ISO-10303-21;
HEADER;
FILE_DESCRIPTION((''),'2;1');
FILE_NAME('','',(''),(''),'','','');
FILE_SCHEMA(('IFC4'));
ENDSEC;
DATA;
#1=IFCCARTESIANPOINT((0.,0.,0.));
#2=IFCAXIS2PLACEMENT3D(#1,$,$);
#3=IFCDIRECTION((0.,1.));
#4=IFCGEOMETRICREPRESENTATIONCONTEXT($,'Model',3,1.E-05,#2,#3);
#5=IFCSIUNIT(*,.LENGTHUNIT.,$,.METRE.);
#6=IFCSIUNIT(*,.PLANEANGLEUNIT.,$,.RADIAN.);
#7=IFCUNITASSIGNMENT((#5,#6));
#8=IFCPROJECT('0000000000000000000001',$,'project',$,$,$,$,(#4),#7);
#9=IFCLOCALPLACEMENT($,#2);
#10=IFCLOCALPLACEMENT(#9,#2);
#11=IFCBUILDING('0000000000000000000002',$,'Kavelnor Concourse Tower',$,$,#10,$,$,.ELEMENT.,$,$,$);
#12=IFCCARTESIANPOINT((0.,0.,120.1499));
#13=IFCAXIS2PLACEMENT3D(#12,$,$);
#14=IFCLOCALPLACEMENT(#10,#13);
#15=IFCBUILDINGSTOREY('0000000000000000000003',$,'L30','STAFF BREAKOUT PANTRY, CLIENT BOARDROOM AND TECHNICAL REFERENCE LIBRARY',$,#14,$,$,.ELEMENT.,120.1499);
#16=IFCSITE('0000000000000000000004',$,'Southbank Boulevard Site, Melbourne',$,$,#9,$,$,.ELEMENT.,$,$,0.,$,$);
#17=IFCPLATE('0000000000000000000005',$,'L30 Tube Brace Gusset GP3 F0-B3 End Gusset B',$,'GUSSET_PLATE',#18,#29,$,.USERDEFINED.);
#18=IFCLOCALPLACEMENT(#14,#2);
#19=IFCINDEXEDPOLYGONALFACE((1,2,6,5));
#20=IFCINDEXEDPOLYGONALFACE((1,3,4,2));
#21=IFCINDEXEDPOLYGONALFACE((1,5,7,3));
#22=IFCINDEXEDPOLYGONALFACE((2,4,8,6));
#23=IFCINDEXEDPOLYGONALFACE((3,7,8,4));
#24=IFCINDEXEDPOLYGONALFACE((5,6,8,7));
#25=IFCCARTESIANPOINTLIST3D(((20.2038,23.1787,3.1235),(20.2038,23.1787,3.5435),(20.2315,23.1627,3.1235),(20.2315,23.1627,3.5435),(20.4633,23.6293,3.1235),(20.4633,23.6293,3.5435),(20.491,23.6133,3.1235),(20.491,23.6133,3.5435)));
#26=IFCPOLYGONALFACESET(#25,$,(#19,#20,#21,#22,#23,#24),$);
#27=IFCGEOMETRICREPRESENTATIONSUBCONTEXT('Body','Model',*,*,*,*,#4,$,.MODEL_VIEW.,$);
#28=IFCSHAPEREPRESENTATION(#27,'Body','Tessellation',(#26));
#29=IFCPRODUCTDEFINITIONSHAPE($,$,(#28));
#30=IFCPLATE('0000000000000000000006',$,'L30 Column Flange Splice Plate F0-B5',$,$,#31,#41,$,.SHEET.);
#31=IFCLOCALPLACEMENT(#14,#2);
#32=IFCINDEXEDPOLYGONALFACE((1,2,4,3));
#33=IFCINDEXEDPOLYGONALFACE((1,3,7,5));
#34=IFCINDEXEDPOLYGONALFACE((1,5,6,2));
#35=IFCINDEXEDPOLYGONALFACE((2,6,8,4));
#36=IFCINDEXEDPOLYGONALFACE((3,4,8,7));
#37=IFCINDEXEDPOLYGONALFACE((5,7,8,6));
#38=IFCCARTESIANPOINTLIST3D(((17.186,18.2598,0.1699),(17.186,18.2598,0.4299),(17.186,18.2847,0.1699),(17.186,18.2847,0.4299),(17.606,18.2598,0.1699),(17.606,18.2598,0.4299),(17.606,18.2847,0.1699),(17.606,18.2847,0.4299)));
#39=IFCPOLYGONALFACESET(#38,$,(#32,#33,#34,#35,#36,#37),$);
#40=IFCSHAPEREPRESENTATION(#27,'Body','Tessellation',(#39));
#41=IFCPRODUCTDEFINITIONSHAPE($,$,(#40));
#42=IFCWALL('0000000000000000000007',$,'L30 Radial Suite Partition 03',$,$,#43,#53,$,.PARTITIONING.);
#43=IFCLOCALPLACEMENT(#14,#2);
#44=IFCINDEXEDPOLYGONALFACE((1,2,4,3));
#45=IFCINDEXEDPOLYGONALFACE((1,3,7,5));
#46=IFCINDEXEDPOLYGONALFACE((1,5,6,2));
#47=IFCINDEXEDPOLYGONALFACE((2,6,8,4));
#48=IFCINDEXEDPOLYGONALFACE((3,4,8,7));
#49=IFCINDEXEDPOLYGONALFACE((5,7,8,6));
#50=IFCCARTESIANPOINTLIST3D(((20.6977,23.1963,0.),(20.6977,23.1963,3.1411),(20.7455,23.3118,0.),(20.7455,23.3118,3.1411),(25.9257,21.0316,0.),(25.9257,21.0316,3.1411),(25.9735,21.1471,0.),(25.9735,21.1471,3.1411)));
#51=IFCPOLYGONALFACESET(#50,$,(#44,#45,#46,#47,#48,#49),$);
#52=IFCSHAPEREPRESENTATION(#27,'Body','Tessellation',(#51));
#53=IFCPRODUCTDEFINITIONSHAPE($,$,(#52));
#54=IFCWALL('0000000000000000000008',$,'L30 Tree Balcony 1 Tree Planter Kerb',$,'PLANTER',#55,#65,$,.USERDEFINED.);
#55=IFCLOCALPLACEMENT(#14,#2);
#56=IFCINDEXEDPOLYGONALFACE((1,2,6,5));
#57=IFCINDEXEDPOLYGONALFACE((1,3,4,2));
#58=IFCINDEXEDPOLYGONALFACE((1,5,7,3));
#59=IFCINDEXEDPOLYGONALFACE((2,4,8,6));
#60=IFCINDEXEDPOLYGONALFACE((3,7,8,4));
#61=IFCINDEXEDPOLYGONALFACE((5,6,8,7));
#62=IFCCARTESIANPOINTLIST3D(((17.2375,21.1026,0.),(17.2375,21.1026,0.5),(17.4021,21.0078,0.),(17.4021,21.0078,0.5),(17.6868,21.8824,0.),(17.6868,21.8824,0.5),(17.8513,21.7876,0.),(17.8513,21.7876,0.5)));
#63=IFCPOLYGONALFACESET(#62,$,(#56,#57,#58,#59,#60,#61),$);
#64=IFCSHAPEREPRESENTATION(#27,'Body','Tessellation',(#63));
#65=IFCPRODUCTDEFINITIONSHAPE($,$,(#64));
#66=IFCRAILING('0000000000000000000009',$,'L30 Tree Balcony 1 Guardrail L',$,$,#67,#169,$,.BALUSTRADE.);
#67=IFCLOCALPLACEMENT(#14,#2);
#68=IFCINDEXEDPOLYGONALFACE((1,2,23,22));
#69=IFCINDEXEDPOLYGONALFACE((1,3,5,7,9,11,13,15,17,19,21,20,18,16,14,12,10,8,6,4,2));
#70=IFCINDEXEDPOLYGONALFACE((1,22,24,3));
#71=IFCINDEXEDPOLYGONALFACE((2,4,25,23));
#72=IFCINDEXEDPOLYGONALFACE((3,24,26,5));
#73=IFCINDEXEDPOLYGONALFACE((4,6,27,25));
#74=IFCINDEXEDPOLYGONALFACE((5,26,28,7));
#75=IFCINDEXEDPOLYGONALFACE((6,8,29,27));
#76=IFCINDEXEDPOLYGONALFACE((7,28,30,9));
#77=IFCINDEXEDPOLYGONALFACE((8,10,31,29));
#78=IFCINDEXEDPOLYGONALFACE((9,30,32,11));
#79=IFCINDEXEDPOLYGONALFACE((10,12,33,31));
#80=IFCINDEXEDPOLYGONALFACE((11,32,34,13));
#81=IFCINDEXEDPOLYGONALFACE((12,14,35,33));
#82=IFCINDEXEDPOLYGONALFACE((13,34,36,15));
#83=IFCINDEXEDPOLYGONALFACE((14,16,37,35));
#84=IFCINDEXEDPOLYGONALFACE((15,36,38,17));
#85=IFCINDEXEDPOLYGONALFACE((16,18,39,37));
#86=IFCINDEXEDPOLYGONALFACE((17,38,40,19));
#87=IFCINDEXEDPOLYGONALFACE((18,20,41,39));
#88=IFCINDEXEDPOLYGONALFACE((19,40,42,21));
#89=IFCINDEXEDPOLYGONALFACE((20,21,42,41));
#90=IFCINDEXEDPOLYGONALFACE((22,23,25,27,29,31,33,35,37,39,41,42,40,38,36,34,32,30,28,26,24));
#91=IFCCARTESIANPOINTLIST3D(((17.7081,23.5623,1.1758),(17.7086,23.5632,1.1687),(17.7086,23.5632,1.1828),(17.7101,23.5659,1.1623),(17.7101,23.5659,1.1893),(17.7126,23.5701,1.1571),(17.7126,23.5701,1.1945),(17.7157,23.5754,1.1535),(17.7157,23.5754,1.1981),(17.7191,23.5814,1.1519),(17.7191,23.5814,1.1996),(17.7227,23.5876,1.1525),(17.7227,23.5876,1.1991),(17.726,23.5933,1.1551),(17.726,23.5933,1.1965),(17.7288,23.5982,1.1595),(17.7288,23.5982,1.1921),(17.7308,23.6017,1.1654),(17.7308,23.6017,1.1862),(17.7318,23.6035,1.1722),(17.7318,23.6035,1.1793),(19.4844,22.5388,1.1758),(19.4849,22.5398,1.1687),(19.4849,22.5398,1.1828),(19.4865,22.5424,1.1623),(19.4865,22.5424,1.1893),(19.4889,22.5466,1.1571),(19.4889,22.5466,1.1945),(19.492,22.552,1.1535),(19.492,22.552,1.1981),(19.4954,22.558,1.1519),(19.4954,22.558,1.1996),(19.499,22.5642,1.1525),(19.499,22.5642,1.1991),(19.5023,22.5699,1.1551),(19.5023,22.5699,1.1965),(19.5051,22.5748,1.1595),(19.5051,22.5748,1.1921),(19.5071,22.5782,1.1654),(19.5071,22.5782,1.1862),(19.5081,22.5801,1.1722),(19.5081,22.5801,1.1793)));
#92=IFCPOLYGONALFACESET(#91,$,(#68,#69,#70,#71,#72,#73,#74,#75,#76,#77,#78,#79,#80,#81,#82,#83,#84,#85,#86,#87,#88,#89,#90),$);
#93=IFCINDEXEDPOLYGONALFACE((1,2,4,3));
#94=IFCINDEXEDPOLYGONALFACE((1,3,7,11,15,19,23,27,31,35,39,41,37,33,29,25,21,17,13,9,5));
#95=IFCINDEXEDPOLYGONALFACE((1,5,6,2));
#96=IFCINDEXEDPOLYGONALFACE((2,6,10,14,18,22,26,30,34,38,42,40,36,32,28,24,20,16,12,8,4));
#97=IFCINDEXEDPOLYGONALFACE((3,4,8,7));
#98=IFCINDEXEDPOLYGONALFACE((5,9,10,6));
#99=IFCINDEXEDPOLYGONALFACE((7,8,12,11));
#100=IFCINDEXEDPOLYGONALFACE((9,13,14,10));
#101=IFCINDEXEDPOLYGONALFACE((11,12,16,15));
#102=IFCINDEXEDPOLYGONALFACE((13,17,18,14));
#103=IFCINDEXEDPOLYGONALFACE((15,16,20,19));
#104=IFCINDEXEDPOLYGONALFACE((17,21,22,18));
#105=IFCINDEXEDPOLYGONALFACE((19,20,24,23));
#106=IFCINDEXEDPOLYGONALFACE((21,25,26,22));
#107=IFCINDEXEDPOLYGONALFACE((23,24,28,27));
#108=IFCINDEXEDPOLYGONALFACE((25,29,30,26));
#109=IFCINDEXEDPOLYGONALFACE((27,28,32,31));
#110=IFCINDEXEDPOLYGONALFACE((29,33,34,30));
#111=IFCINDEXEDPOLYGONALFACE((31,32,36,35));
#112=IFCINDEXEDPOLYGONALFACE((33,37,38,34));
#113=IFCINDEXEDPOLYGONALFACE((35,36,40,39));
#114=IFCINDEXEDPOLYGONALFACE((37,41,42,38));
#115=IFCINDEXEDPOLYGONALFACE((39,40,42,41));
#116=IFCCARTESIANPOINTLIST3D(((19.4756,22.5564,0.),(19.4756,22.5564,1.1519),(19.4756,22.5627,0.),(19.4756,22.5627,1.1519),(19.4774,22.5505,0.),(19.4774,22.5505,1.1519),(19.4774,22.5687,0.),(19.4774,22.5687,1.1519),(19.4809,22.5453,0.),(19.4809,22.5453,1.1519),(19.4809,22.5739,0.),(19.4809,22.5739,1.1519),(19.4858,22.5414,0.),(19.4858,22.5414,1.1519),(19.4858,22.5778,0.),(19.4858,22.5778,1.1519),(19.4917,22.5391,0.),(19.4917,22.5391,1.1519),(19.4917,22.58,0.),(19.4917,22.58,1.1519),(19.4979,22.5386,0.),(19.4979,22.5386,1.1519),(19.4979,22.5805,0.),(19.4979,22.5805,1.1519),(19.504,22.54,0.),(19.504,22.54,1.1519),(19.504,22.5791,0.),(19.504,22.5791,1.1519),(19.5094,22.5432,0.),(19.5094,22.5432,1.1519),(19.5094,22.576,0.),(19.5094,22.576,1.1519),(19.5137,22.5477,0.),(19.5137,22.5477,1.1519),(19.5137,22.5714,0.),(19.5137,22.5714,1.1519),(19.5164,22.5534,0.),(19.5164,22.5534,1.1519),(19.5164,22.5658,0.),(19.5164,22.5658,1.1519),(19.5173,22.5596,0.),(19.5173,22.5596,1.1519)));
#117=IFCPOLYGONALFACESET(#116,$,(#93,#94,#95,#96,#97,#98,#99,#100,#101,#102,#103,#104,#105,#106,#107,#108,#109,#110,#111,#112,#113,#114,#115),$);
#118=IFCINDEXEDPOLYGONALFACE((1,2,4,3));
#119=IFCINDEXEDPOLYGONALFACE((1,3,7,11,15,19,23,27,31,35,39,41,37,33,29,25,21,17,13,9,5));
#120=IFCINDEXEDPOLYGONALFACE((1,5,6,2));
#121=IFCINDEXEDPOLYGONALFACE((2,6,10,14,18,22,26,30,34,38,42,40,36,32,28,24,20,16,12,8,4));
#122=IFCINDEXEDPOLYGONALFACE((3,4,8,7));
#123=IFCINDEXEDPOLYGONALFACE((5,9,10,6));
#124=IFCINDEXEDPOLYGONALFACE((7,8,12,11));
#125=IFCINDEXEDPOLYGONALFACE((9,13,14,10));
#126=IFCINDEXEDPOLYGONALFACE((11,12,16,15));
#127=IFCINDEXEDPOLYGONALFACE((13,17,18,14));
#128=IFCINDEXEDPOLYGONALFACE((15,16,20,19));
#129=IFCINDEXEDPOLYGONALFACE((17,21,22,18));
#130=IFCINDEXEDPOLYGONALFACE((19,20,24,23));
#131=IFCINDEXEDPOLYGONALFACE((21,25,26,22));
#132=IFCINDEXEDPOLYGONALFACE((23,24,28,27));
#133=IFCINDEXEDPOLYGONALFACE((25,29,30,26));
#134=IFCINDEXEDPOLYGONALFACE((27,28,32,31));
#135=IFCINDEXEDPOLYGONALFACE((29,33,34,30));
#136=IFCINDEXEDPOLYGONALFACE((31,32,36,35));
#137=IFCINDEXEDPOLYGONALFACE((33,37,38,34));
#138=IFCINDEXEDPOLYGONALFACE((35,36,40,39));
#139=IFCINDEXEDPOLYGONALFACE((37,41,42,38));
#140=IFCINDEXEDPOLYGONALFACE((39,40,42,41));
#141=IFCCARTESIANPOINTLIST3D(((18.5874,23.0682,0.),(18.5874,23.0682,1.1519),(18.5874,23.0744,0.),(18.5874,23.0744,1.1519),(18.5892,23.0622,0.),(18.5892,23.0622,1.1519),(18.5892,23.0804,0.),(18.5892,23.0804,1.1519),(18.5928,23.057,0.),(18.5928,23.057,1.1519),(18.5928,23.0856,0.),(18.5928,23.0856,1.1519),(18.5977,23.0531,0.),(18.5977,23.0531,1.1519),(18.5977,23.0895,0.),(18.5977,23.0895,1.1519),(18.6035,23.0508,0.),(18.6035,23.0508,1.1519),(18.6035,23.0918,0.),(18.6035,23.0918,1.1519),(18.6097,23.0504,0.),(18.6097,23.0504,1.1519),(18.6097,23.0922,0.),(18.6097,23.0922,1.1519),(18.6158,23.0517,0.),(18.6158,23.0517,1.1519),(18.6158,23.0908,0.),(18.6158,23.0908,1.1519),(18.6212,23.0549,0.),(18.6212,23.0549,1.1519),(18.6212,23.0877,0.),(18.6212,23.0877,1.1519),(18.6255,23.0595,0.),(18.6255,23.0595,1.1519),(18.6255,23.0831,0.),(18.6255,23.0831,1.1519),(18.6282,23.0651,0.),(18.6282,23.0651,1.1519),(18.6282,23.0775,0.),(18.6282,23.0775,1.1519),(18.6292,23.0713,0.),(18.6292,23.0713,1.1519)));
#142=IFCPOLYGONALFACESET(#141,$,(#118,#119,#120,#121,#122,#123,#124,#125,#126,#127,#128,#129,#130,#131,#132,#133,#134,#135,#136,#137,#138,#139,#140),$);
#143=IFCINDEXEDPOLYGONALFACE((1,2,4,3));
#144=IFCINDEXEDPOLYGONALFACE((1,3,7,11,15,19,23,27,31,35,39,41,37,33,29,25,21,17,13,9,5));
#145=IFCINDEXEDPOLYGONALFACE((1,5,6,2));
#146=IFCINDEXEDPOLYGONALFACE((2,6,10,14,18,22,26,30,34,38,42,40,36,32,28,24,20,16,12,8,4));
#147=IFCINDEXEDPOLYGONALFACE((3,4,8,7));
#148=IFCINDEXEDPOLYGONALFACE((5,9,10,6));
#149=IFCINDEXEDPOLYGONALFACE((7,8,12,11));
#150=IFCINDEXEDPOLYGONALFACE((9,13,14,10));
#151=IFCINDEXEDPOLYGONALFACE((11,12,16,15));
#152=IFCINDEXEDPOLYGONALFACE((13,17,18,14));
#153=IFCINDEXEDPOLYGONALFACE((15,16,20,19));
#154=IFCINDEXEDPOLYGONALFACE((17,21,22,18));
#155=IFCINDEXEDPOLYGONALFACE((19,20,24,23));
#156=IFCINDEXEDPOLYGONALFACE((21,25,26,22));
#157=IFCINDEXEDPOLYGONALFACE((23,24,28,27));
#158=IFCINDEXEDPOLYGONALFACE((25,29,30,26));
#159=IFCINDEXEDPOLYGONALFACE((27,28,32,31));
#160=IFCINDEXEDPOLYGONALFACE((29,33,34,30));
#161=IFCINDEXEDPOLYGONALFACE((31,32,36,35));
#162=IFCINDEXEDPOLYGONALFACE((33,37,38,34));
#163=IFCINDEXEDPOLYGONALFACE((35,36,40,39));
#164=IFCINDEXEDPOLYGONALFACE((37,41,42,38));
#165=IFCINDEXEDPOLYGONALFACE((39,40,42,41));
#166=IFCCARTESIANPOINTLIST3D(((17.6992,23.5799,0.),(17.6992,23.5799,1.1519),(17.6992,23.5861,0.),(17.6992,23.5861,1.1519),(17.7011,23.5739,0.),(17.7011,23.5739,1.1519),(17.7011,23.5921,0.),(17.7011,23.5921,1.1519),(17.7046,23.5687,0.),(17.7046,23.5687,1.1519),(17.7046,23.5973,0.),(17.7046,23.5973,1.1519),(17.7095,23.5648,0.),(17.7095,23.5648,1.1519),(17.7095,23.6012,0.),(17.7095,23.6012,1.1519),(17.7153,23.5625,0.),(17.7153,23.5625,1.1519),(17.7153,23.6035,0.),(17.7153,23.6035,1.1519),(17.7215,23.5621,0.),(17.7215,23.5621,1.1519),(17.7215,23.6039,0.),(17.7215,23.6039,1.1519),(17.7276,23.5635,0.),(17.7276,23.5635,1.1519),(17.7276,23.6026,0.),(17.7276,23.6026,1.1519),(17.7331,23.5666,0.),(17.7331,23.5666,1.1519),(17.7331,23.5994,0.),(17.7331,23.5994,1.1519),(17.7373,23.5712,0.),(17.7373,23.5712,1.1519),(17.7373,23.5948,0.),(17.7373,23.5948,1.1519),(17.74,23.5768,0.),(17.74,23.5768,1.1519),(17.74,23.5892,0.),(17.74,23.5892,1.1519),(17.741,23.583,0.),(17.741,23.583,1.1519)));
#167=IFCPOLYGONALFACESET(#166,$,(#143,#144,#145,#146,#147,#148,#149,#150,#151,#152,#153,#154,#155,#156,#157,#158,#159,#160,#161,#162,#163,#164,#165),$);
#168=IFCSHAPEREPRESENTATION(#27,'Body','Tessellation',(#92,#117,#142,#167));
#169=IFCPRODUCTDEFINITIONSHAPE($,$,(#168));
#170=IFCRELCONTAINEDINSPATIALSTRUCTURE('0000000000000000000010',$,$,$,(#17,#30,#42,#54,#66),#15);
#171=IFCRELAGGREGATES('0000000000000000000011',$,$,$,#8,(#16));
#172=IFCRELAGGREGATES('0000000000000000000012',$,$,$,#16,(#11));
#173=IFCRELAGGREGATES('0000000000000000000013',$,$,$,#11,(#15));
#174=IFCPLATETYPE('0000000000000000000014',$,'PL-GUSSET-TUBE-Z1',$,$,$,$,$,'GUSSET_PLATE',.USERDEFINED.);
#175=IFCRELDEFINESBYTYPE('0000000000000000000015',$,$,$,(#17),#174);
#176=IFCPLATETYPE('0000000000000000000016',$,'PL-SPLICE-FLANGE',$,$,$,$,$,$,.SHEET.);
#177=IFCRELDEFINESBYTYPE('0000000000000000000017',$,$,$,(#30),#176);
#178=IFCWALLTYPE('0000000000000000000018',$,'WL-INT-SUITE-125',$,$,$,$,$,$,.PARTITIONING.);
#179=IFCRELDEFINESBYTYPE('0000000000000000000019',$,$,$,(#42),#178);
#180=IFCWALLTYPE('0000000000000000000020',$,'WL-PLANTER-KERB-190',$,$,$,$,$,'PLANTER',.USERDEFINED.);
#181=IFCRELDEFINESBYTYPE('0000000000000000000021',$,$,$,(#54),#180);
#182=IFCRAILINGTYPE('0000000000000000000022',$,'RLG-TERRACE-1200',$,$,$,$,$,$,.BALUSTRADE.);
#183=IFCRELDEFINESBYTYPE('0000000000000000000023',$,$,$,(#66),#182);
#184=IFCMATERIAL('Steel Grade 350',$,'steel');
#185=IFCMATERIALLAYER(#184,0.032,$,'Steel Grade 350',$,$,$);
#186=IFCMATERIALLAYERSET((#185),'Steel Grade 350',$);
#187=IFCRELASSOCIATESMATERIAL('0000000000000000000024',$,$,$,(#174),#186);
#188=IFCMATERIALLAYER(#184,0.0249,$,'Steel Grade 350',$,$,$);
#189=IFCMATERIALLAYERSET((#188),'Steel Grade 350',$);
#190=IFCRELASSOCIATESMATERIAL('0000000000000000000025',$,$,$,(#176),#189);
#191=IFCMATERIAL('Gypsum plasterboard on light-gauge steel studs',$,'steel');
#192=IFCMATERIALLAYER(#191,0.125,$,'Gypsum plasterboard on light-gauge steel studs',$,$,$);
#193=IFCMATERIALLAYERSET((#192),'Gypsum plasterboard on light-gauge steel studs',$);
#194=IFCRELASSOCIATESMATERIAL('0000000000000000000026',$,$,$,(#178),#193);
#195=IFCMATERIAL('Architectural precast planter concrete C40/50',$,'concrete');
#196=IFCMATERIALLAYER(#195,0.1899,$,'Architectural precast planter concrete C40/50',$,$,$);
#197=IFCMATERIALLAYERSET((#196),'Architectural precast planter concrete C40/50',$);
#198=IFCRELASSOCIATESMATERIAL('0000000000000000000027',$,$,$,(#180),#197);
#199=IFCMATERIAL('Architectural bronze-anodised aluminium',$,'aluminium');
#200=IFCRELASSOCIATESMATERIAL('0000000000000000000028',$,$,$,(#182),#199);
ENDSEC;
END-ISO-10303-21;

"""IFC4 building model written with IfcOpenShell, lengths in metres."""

from ifc_helpers import new_model, si_unit, direction, frame, frame_2d, origin, origin_2d, place, context, subcontext, project, spatial, rectangle, circle, extrude, material, layer, layer_set, type_object, element, save


model = new_model("IFC4")

# Units and contexts
model_context = context("Model", 3, precision=1e-05, world=origin(), true_north=direction((0.0, 1.0)))
body_context = subcontext(model_context, "Body", "Model", "MODEL_VIEW")
ifc_project = project(units=[si_unit("LENGTHUNIT", "METRE"), si_unit("PLANEANGLEUNIT", "RADIAN")], contexts=[model_context])

# Site, building, storey
site_placement = place(None, origin())
site = spatial("IfcSite", under=ifc_project, at=site_placement, Name="Southbank Boulevard Site, Melbourne", CompositionType="ELEMENT", RefElevation=0.0)
building_placement = place(site_placement, origin())
building = spatial("IfcBuilding", under=site, at=building_placement, Name="Kavelnor Concourse Tower", CompositionType="ELEMENT")
storey_placement = place(building_placement, frame((0.0, 0.0, 120.1499)))
storey = spatial("IfcBuildingStorey", under=building, at=storey_placement, Name="L30", Description="STAFF BREAKOUT PANTRY, CLIENT BOARDROOM AND TECHNICAL REFERENCE LIBRARY", CompositionType="ELEMENT", Elevation=120.1499)

# Shared definitions
ifc_material_1 = material(Name="Steel Grade 350", Category="steel")

# Plates
ifc_layer_1 = layer(ifc_material_1, 0.032, Name="Steel Grade 350")
ifc_layer_set_1 = layer_set([ifc_layer_1], Name="Steel Grade 350")
plate_type_1 = type_object("IfcPlateType", Name="PL-GUSSET-TUBE-Z1", ElementType="GUSSET_PLATE", PredefinedType="USERDEFINED", material=ifc_layer_set_1)
plate_1_placement = place(storey_placement, frame((20.3474, 23.396, 3.1235), z_axis=(0.0, 0.0, 1.0), x_axis=(-0.499093, -0.866549, 0.0)))
element("IfcPlate", 1, at=plate_1_placement, inside=storey, type_object=plate_type_1, Name="L30 Tube Brace Gusset GP3 F0-B3 End Gusset B", ObjectType="GUSSET_PLATE", PredefinedType="USERDEFINED", context=body_context, shape_type="SweptSolid", body=[
    extrude(rectangle(XDim=0.52, YDim=0.032, at=origin_2d()), origin(), (0.0, 0.0, 1.0), 0.4199),
])
ifc_layer_2 = layer(ifc_material_1, 0.0249, Name="Steel Grade 350")
ifc_layer_set_2 = layer_set([ifc_layer_2], Name="Steel Grade 350")
plate_type_2 = type_object("IfcPlateType", Name="PL-SPLICE-FLANGE", PredefinedType="SHEET", material=ifc_layer_set_2)
plate_2_placement = place(storey_placement, frame((17.396, 18.2722, 0.1699), z_axis=(0.0, 0.0, 1.0), x_axis=(1.0, 0.0, 0.0)))
element("IfcPlate", 2, at=plate_2_placement, inside=storey, type_object=plate_type_2, Name="L30 Column Flange Splice Plate F0-B5", PredefinedType="SHEET", context=body_context, shape_type="SweptSolid", body=[
    extrude(rectangle(XDim=0.4199, YDim=0.0249, at=origin_2d()), origin(), (0.0, 0.0, 1.0), 0.26),
])

# Walls
ifc_material_2 = material(Name="Gypsum plasterboard on light-gauge steel studs", Category="steel")
ifc_layer_3 = layer(ifc_material_2, 0.125, Name="Gypsum plasterboard on light-gauge steel studs")
ifc_layer_set_3 = layer_set([ifc_layer_3], Name="Gypsum plasterboard on light-gauge steel studs")
wall_type_1 = type_object("IfcWallType", Name="WL-INT-SUITE-125", PredefinedType="PARTITIONING", material=ifc_layer_set_3)
wall_1_placement = place(storey_placement, frame((25.9495, 21.0894, 0.0), z_axis=(0.0, 0.0, 1.0), x_axis=(-0.923925, 0.382574, 0.0)))
element("IfcWall", 3, at=wall_1_placement, inside=storey, type_object=wall_type_1, Name="L30 Radial Suite Partition 03", PredefinedType="PARTITIONING", context=body_context, shape_type="SweptSolid", body=[
    extrude(rectangle(XDim=5.6584, YDim=0.125, at=frame_2d((2.8291, 0.0))), origin(), (0.0, 0.0, 1.0), 3.1411),
])
ifc_material_3 = material(Name="Architectural precast planter concrete C40/50", Category="concrete")
ifc_layer_4 = layer(ifc_material_3, 0.1899, Name="Architectural precast planter concrete C40/50")
ifc_layer_set_4 = layer_set([ifc_layer_4], Name="Architectural precast planter concrete C40/50")
wall_type_2 = type_object("IfcWallType", Name="WL-PLANTER-KERB-190", ElementType="PLANTER", PredefinedType="USERDEFINED", material=ifc_layer_set_4)
wall_2_placement = place(storey_placement, frame((17.769, 21.835, 0.0), z_axis=(0.0, 0.0, 1.0), x_axis=(-0.499174, -0.866502, 0.0)))
element("IfcWall", 4, at=wall_2_placement, inside=storey, type_object=wall_type_2, Name="L30 Tree Balcony 1 Tree Planter Kerb", ObjectType="PLANTER", PredefinedType="USERDEFINED", context=body_context, shape_type="SweptSolid", body=[
    extrude(rectangle(XDim=0.8999, YDim=0.1899, at=frame_2d((0.45, 0.0))), origin(), (0.0, 0.0, 1.0), 0.5),
])

# Railing
ifc_material_4 = material(Name="Architectural bronze-anodised aluminium", Category="aluminium")
railing_type = type_object("IfcRailingType", Name="RLG-TERRACE-1200", PredefinedType="BALUSTRADE", material=ifc_material_4)
railing_1_placement = place(storey_placement, frame((19.4963, 22.5596, 0.0)))
element("IfcRailing", 5, at=railing_1_placement, inside=storey, type_object=railing_type, Name="L30 Tree Balcony 1 Guardrail L", PredefinedType="BALUSTRADE", context=body_context, shape_type="SweptSolid", body=[
    extrude(circle(Radius=0.0239, at=origin_2d()), frame((0.0, 0.0, 1.1758), z_axis=(-0.866479, 0.499214, 0.0), x_axis=(-0.499214, -0.866479, 0.0)), (0.0, 0.0, 1.0), 2.05),
    extrude(circle(Radius=0.021, at=origin_2d()), origin(), (0.0, 0.0, 1.0), 1.1519),
    extrude(circle(Radius=0.021, at=origin_2d()), frame((-0.8882, 0.5117, 0.0)), (0.0, 0.0, 1.0), 1.1519),
    extrude(circle(Radius=0.021, at=origin_2d()), frame((-1.7764, 1.0234, 0.0)), (0.0, 0.0, 1.0), 1.1519),
])

save(model, "model.ifc")
